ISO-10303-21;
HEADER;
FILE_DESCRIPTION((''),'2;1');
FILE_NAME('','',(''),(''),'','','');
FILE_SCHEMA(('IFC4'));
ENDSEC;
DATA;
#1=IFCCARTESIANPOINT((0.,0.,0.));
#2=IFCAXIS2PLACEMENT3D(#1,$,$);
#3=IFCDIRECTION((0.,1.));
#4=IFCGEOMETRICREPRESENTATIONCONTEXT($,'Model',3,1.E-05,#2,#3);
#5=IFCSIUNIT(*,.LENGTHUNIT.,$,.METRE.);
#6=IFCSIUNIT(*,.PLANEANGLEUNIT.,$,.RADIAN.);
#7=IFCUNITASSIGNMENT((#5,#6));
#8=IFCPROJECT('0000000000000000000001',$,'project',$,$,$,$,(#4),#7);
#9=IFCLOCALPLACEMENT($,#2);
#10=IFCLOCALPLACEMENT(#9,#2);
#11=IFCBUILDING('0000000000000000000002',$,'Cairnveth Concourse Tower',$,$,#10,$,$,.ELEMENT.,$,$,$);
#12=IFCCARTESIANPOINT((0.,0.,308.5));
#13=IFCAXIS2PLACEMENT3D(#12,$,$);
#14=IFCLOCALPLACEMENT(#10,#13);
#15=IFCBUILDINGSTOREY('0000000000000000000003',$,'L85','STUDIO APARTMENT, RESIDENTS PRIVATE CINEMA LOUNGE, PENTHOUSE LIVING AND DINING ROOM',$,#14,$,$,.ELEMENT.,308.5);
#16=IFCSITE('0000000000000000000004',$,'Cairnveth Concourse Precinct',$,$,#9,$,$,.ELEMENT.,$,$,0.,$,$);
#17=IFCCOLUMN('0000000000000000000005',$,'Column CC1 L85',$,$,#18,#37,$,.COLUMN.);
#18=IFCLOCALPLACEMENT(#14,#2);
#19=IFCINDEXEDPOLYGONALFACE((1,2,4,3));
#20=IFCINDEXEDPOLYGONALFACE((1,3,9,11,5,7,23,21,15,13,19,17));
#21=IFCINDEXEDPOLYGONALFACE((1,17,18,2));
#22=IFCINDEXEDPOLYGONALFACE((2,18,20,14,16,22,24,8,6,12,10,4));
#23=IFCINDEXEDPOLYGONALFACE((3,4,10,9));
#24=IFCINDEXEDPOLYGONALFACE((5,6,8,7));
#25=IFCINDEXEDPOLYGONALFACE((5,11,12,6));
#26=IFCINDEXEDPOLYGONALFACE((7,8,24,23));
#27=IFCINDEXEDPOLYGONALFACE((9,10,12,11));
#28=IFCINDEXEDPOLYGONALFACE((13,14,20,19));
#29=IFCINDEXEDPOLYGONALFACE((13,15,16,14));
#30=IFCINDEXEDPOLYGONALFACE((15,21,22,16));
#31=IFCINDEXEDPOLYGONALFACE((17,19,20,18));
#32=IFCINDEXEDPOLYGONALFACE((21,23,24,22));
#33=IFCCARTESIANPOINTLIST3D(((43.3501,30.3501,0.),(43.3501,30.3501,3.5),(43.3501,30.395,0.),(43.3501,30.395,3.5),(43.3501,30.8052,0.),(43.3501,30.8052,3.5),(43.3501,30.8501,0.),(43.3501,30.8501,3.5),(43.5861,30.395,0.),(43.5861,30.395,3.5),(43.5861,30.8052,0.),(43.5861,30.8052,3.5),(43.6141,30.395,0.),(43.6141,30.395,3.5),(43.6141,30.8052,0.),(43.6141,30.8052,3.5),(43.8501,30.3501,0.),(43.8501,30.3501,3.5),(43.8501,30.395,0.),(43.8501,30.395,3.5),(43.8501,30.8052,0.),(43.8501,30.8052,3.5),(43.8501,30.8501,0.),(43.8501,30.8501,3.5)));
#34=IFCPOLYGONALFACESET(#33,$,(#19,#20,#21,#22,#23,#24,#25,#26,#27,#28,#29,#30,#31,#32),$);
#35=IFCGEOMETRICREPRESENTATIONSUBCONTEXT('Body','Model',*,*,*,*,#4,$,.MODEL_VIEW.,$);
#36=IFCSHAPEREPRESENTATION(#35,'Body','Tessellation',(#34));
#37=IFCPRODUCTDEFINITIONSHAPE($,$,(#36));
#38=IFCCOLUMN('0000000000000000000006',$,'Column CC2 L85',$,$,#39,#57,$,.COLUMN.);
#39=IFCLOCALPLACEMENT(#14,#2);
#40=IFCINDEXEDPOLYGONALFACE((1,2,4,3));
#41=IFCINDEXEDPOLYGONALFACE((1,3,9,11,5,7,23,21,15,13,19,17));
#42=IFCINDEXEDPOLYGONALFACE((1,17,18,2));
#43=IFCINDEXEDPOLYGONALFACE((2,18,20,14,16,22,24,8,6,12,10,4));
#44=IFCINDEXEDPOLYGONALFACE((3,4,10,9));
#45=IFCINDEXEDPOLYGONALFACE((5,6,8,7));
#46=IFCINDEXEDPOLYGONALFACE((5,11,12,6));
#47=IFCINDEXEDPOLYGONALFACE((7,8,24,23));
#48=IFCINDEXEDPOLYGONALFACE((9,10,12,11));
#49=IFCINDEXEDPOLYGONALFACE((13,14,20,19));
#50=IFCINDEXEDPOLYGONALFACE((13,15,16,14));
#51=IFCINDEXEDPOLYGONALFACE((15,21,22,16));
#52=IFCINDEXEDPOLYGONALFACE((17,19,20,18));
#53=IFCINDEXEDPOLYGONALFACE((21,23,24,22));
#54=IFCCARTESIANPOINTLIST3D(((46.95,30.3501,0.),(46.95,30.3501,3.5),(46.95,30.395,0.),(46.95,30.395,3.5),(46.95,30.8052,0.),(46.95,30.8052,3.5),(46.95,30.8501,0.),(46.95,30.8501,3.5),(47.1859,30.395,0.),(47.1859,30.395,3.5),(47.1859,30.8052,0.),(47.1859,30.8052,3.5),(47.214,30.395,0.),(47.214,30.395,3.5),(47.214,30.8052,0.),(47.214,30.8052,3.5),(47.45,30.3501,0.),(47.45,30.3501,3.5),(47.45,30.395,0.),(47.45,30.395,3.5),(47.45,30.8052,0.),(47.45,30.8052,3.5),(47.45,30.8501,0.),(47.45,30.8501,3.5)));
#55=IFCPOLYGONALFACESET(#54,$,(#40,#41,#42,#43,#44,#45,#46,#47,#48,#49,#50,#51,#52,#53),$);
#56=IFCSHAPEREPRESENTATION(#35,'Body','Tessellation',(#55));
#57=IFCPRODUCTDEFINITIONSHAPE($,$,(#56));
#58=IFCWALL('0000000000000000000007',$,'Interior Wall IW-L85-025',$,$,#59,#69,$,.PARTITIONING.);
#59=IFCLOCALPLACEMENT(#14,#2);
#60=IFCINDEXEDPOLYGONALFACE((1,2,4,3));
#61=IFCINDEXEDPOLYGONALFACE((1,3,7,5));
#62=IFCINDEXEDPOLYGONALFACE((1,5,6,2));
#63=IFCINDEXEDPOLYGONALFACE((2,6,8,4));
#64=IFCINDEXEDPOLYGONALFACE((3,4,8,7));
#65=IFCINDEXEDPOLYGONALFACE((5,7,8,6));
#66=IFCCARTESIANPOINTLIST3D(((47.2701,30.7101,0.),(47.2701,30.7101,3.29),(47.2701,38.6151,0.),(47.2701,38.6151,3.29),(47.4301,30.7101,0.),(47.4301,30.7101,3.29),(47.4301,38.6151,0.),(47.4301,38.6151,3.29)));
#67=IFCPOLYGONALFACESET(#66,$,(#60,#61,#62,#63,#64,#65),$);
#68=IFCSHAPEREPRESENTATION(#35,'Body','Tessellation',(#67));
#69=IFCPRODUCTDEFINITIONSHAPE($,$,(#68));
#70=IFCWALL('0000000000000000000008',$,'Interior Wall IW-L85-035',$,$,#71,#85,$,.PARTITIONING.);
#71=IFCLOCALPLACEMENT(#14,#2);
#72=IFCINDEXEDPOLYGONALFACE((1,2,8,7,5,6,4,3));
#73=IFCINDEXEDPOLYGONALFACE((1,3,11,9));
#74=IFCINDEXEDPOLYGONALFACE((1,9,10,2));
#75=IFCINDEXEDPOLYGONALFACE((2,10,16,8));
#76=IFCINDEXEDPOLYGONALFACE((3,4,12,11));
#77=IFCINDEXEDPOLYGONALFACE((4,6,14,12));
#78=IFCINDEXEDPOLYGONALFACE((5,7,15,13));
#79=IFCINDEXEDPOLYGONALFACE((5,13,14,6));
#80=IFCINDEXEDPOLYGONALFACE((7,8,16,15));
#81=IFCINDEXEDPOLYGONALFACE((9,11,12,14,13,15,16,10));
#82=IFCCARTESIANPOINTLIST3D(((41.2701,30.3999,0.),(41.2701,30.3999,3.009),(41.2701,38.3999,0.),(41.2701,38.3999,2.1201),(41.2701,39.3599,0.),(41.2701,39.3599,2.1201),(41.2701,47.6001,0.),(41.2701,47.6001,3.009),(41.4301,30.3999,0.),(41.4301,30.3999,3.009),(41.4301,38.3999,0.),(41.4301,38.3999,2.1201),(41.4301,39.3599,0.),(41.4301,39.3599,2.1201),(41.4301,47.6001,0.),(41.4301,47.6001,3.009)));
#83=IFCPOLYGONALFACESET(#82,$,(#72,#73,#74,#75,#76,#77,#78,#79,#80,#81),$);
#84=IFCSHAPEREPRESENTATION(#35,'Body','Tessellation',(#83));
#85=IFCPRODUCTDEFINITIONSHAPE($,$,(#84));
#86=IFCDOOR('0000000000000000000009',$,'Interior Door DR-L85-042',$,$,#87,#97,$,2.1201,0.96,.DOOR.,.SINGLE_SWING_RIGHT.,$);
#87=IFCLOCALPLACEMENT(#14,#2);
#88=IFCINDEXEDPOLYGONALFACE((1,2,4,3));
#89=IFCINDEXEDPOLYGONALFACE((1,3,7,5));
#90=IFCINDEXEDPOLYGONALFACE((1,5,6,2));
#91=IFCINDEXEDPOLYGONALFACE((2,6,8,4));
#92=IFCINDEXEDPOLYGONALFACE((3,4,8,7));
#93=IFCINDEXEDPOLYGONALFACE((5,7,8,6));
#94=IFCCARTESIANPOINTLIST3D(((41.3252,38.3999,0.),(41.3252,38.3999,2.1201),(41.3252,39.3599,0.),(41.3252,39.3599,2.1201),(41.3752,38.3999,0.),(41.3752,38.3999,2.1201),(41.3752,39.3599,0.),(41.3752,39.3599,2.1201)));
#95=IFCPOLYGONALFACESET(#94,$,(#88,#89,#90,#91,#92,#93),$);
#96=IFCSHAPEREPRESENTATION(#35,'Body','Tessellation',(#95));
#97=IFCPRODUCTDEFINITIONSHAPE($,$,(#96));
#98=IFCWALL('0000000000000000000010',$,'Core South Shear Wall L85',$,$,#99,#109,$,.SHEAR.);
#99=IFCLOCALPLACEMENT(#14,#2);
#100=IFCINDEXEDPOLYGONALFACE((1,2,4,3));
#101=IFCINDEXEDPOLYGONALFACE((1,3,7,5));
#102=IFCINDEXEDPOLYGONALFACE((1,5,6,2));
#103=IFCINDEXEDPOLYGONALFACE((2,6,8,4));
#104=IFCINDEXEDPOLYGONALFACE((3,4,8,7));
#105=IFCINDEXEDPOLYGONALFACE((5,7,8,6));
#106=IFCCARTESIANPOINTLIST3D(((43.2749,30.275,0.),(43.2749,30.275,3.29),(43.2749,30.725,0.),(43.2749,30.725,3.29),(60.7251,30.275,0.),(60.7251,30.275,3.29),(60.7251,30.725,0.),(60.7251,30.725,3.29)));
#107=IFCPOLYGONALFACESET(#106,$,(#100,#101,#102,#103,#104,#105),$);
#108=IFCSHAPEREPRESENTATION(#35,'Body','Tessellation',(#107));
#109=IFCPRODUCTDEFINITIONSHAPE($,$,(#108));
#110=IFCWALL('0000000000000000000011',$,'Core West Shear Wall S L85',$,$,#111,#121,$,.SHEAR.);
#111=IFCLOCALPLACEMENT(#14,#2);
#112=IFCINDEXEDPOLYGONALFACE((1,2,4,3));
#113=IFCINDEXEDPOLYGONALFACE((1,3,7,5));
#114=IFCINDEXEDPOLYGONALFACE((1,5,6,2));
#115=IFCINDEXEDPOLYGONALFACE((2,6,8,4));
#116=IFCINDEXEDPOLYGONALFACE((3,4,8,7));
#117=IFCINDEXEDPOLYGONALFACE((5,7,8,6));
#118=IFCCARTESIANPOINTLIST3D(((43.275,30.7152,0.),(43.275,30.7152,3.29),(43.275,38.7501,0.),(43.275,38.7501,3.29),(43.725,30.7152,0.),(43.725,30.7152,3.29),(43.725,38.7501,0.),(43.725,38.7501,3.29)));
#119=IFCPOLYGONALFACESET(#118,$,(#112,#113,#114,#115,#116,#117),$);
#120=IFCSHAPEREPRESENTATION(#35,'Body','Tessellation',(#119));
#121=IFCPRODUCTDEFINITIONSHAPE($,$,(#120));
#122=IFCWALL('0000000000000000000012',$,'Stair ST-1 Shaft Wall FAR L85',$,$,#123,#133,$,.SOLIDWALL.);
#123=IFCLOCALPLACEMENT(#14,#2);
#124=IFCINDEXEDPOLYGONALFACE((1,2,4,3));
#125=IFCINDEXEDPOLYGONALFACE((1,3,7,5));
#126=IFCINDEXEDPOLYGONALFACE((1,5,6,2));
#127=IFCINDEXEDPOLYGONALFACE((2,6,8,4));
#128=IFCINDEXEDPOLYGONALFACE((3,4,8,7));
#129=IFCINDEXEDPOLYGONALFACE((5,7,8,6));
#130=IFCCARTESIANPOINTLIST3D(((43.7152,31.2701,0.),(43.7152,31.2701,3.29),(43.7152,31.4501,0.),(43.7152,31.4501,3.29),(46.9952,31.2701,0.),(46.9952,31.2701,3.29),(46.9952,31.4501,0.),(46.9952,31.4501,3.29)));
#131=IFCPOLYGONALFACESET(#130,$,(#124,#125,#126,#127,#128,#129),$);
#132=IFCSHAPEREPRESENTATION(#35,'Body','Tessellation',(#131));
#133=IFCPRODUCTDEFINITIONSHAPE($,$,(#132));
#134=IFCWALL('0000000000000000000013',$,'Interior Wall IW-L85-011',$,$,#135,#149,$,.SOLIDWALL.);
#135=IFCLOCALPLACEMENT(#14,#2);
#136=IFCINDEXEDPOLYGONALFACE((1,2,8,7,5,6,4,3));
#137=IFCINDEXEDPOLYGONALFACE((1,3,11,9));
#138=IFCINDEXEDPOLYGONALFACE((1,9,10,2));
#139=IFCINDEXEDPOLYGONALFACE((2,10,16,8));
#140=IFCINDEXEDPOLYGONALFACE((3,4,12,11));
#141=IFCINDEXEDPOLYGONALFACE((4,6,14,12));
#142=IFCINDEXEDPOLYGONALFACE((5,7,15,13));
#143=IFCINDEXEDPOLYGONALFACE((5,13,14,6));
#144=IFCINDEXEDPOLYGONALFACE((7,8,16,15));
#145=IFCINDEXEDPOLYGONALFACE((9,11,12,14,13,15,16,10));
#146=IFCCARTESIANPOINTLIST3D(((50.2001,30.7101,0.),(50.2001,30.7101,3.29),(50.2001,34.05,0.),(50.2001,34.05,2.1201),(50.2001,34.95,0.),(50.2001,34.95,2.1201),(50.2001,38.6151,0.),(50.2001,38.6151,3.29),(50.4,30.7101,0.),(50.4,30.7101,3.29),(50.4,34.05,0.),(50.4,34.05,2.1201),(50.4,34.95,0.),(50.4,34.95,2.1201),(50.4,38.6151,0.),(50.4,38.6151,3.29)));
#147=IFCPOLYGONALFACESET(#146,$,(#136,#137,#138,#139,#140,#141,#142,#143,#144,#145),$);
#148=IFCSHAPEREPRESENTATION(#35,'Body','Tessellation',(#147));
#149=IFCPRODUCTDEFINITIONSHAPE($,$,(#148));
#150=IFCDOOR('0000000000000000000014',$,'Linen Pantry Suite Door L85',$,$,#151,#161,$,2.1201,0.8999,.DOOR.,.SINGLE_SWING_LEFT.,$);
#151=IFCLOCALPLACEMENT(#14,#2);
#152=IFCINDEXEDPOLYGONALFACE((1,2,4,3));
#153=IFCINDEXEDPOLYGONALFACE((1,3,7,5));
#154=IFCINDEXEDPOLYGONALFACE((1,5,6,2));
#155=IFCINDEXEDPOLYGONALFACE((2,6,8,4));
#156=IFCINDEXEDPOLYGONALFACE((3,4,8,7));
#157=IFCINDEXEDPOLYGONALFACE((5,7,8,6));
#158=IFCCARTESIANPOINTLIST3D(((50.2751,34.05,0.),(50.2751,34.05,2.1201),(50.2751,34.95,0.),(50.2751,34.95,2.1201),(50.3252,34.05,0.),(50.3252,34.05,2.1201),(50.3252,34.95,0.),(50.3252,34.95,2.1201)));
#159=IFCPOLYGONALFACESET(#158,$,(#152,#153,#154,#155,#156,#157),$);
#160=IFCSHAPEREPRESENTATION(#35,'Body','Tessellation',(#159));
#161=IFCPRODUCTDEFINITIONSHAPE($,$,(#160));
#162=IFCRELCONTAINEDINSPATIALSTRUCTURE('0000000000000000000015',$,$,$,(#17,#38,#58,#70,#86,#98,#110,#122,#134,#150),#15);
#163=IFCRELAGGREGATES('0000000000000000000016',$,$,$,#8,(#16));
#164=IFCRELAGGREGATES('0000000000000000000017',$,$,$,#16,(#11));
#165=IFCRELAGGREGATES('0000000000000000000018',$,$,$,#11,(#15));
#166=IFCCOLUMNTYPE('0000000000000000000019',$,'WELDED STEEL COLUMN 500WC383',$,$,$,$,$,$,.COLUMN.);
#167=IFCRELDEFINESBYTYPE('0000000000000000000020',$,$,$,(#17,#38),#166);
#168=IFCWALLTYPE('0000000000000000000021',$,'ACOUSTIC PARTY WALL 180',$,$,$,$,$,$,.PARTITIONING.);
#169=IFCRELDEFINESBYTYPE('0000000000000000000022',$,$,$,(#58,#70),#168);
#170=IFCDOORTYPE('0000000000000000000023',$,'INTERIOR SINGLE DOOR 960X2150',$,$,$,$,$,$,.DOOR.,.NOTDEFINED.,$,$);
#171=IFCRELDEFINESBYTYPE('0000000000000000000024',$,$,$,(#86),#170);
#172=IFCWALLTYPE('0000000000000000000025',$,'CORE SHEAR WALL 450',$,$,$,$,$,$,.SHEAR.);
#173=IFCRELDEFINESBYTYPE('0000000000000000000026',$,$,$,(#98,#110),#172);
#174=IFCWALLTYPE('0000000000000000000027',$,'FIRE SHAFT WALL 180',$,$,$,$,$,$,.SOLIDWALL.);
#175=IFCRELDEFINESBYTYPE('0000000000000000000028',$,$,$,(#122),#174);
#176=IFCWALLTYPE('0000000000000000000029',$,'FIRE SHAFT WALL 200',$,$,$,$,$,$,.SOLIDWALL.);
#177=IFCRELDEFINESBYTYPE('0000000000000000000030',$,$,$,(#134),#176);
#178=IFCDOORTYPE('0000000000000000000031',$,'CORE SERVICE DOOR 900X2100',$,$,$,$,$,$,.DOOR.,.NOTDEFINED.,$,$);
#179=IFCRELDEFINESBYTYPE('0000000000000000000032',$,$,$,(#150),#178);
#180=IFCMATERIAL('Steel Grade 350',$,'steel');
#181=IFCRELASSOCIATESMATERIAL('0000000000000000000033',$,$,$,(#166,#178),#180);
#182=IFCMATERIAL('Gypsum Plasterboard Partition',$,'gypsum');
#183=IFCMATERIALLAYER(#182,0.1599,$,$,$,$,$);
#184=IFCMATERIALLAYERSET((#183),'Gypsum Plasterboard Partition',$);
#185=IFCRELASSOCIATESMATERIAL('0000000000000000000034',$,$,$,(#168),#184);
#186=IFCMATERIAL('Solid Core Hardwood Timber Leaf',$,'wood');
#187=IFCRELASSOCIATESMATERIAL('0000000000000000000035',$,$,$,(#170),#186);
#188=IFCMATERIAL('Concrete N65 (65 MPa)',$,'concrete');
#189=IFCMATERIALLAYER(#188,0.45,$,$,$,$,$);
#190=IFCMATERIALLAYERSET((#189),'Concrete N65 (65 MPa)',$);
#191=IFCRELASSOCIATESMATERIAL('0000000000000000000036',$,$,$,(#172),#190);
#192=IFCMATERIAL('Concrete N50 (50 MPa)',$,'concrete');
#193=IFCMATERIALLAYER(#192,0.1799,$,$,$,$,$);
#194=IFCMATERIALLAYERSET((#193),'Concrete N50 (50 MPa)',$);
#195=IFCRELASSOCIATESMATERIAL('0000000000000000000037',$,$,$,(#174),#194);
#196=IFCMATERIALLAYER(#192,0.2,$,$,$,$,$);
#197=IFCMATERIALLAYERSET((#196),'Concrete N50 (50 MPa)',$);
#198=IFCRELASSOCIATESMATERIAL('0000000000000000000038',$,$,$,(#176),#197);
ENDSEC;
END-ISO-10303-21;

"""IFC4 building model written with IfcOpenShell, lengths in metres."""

from ifc_helpers import new_model, si_unit, direction, frame, frame_2d, origin, origin_2d, place, context, subcontext, project, spatial, rectangle, i_section, extrude, material, layer, layer_set, material_profile, profile_set, type_object, element, fill, save


model = new_model("IFC4")

# Units and contexts
model_context = context("Model", 3, precision=1e-05, world=origin(), true_north=direction((0.0, 1.0)))
body_context = subcontext(model_context, "Body", "Model", "MODEL_VIEW")
ifc_project = project(units=[si_unit("LENGTHUNIT", "METRE"), si_unit("PLANEANGLEUNIT", "RADIAN")], contexts=[model_context])

# Site, building, storey
site_placement = place(None, origin())
site = spatial("IfcSite", under=ifc_project, at=site_placement, Name="Cairnveth Concourse Precinct", CompositionType="ELEMENT", RefElevation=0.0)
building_placement = place(site_placement, origin())
building = spatial("IfcBuilding", under=site, at=building_placement, Name="Cairnveth Concourse Tower", CompositionType="ELEMENT")
storey_placement = place(building_placement, frame((0.0, 0.0, 308.5)))
storey = spatial("IfcBuildingStorey", under=building, at=storey_placement, Name="L85", Description="STUDIO APARTMENT, RESIDENTS PRIVATE CINEMA LOUNGE, PENTHOUSE LIVING AND DINING ROOM", CompositionType="ELEMENT", Elevation=308.5)

# Columns
ifc_material_1 = material(Name="Steel Grade 350", Category="steel")
ifc_material_profile = material_profile(ifc_material_1, i_section(OverallWidth=0.5, OverallDepth=0.5, WebThickness=0.0281, FlangeThickness=0.0449, at=origin_2d()), Name="500WC383")
ifc_profile_set = profile_set([ifc_material_profile], Name="Steel Grade 350")
column_type = type_object("IfcColumnType", Name="WELDED STEEL COLUMN 500WC383", PredefinedType="COLUMN", material=ifc_profile_set)
for number, where, z_axis, x_axis, name in (
    (1, (43.6001, 30.6001, 0.0), (0.0, 0.0, 1.0), (1.0, 0.0, 0.0), "Column CC1 L85"),
    (2, (47.2, 30.6001, 0.0), (0.0, 0.0, 1.0), (1.0, 0.0, 0.0), "Column CC2 L85"),
):
    element("IfcColumn", number, at=place(storey_placement, frame(where, z_axis=z_axis, x_axis=x_axis)), inside=storey, type_object=column_type, Name=name, PredefinedType="COLUMN", context=body_context, shape_type="SweptSolid", body=[
        extrude(i_section(OverallWidth=0.5, OverallDepth=0.5, WebThickness=0.0281, FlangeThickness=0.0449, at=origin_2d()), origin(), (0.0, 0.0, 1.0), 3.5),
    ])

# Wall
ifc_material_2 = material(Name="Gypsum Plasterboard Partition", Category="gypsum")
ifc_layer_1 = layer(ifc_material_2, 0.1599)
ifc_layer_set_1 = layer_set([ifc_layer_1], Name="Gypsum Plasterboard Partition")
wall_type_1 = type_object("IfcWallType", Name="ACOUSTIC PARTY WALL 180", PredefinedType="PARTITIONING", material=ifc_layer_set_1)
wall_1_placement = place(storey_placement, frame((47.3501, 30.71, 0.0), z_axis=(0.0, 0.0, 1.0), x_axis=(0.0, 1.0, 0.0)))
element("IfcWall", 3, at=wall_1_placement, inside=storey, type_object=wall_type_1, Name="Interior Wall IW-L85-025", PredefinedType="PARTITIONING", context=body_context, shape_type="SweptSolid", body=[
    extrude(rectangle(XDim=7.905, YDim=0.1599, at=frame_2d((3.9526, 0.0))), origin(), (0.0, 0.0, 1.0), 3.29),
])

# Wall, opening, door
wall_2_placement = place(storey_placement, frame((41.3501, 30.3999, 0.0), z_axis=(0.0, 0.0, 1.0), x_axis=(0.0, 1.0, 0.0)))
wall_2 = element("IfcWall", 4, at=wall_2_placement, inside=storey, type_object=wall_type_1, Name="Interior Wall IW-L85-035", PredefinedType="PARTITIONING", context=body_context, shape_type="SweptSolid", body=[
    extrude(rectangle(XDim=17.2002, YDim=0.1599, at=frame_2d((8.6001, 0.0))), origin(), (0.0, 0.0, 1.0), 3.009),
])
opening_1_placement = place(wall_2_placement, frame((8.0, 0.0, 0.0)))
opening_1 = element("IfcOpeningElement", 5, at=opening_1_placement, cuts=wall_2, PredefinedType="OPENING", context=body_context, shape_type="SweptSolid", body=[
    extrude(rectangle(XDim=0.96, YDim=2.1201, at=frame_2d((0.48, 1.0601))), frame((0.0, 0.0898, 0.0), z_axis=(0.0, -1.0, 0.0), x_axis=(1.0, 0.0, 0.0)), (0.0, 0.0, 1.0), 0.1799),
])
ifc_material_3 = material(Name="Solid Core Hardwood Timber Leaf", Category="wood")
door_type_1 = type_object("IfcDoorType", Name="INTERIOR SINGLE DOOR 960X2150", OperationType="NOTDEFINED", PredefinedType="DOOR", material=ifc_material_3)
door_1_placement = place(opening_1_placement, origin())
door_1 = element("IfcDoor", 6, at=door_1_placement, inside=storey, type_object=door_type_1, Name="Interior Door DR-L85-042", OperationType="SINGLE_SWING_RIGHT", OverallHeight=2.1201, OverallWidth=0.96, PredefinedType="DOOR", context=body_context, shape_type="SweptSolid", body=[
    extrude(rectangle(XDim=0.96, YDim=2.1201, at=frame_2d((0.48, 1.0601))), frame((0.0, 0.0249, 0.0), z_axis=(0.0, -1.0, 0.0), x_axis=(1.0, 0.0, 0.0)), (0.0, 0.0, 1.0), 0.05),
])
fill(opening_1, door_1)

# Walls
ifc_material_4 = material(Name="Concrete N65 (65 MPa)", Category="concrete")
ifc_layer_2 = layer(ifc_material_4, 0.45)
ifc_layer_set_2 = layer_set([ifc_layer_2], Name="Concrete N65 (65 MPa)")
wall_type_2 = type_object("IfcWallType", Name="CORE SHEAR WALL 450", PredefinedType="SHEAR", material=ifc_layer_set_2)
wall_3_placement = place(storey_placement, frame((43.2749, 30.5, 0.0), z_axis=(0.0, 0.0, 1.0), x_axis=(1.0, 0.0, 0.0)))
element("IfcWall", 7, at=wall_3_placement, inside=storey, type_object=wall_type_2, Name="Core South Shear Wall L85", PredefinedType="SHEAR", context=body_context, shape_type="SweptSolid", body=[
    extrude(rectangle(XDim=17.4502, YDim=0.45, at=frame_2d((8.7251, 0.0))), origin(), (0.0, 0.0, 1.0), 3.29),
])
wall_4_placement = place(storey_placement, frame((43.5, 30.7151, 0.0), z_axis=(0.0, 0.0, 1.0), x_axis=(0.0, 1.0, 0.0)))
element("IfcWall", 8, at=wall_4_placement, inside=storey, type_object=wall_type_2, Name="Core West Shear Wall S L85", PredefinedType="SHEAR", context=body_context, shape_type="SweptSolid", body=[
    extrude(rectangle(XDim=8.0349, YDim=0.45, at=frame_2d((4.0176, 0.0))), origin(), (0.0, 0.0, 1.0), 3.29),
])
ifc_material_5 = material(Name="Concrete N50 (50 MPa)", Category="concrete")
ifc_layer_3 = layer(ifc_material_5, 0.1799)
ifc_layer_set_3 = layer_set([ifc_layer_3], Name="Concrete N50 (50 MPa)")
wall_type_3 = type_object("IfcWallType", Name="FIRE SHAFT WALL 180", PredefinedType="SOLIDWALL", material=ifc_layer_set_3)
wall_5_placement = place(storey_placement, frame((43.7151, 31.3601, 0.0), z_axis=(0.0, 0.0, 1.0), x_axis=(1.0, 0.0, 0.0)))
element("IfcWall", 9, at=wall_5_placement, inside=storey, type_object=wall_type_3, Name="Stair ST-1 Shaft Wall FAR L85", PredefinedType="SOLIDWALL", context=body_context, shape_type="SweptSolid", body=[
    extrude(rectangle(XDim=3.28, YDim=0.1799, at=frame_2d((1.6401, 0.0))), origin(), (0.0, 0.0, 1.0), 3.29),
])

# Wall, opening, door
ifc_layer_4 = layer(ifc_material_5, 0.2)
ifc_layer_set_4 = layer_set([ifc_layer_4], Name="Concrete N50 (50 MPa)")
wall_type_4 = type_object("IfcWallType", Name="FIRE SHAFT WALL 200", PredefinedType="SOLIDWALL", material=ifc_layer_set_4)
wall_6_placement = place(storey_placement, frame((50.3, 30.71, 0.0), z_axis=(0.0, 0.0, 1.0), x_axis=(0.0, 1.0, 0.0)))
wall_6 = element("IfcWall", 10, at=wall_6_placement, inside=storey, type_object=wall_type_4, Name="Interior Wall IW-L85-011", PredefinedType="SOLIDWALL", context=body_context, shape_type="SweptSolid", body=[
    extrude(rectangle(XDim=7.905, YDim=0.2, at=frame_2d((3.9526, 0.0))), origin(), (0.0, 0.0, 1.0), 3.29),
])
opening_2_placement = place(wall_6_placement, frame((3.3401, 0.0, 0.0)))
opening_2 = element("IfcOpeningElement", 11, at=opening_2_placement, cuts=wall_6, PredefinedType="OPENING", context=body_context, shape_type="SweptSolid", body=[
    extrude(rectangle(XDim=0.8999, YDim=2.1201, at=frame_2d((0.45, 1.0601))), frame((0.0, 0.1099, 0.0), z_axis=(0.0, -1.0, 0.0), x_axis=(1.0, 0.0, 0.0)), (0.0, 0.0, 1.0), 0.22),
])
door_type_2 = type_object("IfcDoorType", Name="CORE SERVICE DOOR 900X2100", OperationType="NOTDEFINED", PredefinedType="DOOR", material=ifc_material_1)
door_2_placement = place(opening_2_placement, origin())
door_2 = element("IfcDoor", 12, at=door_2_placement, inside=storey, type_object=door_type_2, Name="Linen Pantry Suite Door L85", OperationType="SINGLE_SWING_LEFT", OverallHeight=2.1201, OverallWidth=0.8999, PredefinedType="DOOR", context=body_context, shape_type="SweptSolid", body=[
    extrude(rectangle(XDim=0.8999, YDim=2.1201, at=frame_2d((0.45, 1.0601))), frame((0.0, 0.0249, 0.0), z_axis=(0.0, -1.0, 0.0), x_axis=(1.0, 0.0, 0.0)), (0.0, 0.0, 1.0), 0.05),
])
fill(opening_2, door_2)

save(model, "model.ifc")
